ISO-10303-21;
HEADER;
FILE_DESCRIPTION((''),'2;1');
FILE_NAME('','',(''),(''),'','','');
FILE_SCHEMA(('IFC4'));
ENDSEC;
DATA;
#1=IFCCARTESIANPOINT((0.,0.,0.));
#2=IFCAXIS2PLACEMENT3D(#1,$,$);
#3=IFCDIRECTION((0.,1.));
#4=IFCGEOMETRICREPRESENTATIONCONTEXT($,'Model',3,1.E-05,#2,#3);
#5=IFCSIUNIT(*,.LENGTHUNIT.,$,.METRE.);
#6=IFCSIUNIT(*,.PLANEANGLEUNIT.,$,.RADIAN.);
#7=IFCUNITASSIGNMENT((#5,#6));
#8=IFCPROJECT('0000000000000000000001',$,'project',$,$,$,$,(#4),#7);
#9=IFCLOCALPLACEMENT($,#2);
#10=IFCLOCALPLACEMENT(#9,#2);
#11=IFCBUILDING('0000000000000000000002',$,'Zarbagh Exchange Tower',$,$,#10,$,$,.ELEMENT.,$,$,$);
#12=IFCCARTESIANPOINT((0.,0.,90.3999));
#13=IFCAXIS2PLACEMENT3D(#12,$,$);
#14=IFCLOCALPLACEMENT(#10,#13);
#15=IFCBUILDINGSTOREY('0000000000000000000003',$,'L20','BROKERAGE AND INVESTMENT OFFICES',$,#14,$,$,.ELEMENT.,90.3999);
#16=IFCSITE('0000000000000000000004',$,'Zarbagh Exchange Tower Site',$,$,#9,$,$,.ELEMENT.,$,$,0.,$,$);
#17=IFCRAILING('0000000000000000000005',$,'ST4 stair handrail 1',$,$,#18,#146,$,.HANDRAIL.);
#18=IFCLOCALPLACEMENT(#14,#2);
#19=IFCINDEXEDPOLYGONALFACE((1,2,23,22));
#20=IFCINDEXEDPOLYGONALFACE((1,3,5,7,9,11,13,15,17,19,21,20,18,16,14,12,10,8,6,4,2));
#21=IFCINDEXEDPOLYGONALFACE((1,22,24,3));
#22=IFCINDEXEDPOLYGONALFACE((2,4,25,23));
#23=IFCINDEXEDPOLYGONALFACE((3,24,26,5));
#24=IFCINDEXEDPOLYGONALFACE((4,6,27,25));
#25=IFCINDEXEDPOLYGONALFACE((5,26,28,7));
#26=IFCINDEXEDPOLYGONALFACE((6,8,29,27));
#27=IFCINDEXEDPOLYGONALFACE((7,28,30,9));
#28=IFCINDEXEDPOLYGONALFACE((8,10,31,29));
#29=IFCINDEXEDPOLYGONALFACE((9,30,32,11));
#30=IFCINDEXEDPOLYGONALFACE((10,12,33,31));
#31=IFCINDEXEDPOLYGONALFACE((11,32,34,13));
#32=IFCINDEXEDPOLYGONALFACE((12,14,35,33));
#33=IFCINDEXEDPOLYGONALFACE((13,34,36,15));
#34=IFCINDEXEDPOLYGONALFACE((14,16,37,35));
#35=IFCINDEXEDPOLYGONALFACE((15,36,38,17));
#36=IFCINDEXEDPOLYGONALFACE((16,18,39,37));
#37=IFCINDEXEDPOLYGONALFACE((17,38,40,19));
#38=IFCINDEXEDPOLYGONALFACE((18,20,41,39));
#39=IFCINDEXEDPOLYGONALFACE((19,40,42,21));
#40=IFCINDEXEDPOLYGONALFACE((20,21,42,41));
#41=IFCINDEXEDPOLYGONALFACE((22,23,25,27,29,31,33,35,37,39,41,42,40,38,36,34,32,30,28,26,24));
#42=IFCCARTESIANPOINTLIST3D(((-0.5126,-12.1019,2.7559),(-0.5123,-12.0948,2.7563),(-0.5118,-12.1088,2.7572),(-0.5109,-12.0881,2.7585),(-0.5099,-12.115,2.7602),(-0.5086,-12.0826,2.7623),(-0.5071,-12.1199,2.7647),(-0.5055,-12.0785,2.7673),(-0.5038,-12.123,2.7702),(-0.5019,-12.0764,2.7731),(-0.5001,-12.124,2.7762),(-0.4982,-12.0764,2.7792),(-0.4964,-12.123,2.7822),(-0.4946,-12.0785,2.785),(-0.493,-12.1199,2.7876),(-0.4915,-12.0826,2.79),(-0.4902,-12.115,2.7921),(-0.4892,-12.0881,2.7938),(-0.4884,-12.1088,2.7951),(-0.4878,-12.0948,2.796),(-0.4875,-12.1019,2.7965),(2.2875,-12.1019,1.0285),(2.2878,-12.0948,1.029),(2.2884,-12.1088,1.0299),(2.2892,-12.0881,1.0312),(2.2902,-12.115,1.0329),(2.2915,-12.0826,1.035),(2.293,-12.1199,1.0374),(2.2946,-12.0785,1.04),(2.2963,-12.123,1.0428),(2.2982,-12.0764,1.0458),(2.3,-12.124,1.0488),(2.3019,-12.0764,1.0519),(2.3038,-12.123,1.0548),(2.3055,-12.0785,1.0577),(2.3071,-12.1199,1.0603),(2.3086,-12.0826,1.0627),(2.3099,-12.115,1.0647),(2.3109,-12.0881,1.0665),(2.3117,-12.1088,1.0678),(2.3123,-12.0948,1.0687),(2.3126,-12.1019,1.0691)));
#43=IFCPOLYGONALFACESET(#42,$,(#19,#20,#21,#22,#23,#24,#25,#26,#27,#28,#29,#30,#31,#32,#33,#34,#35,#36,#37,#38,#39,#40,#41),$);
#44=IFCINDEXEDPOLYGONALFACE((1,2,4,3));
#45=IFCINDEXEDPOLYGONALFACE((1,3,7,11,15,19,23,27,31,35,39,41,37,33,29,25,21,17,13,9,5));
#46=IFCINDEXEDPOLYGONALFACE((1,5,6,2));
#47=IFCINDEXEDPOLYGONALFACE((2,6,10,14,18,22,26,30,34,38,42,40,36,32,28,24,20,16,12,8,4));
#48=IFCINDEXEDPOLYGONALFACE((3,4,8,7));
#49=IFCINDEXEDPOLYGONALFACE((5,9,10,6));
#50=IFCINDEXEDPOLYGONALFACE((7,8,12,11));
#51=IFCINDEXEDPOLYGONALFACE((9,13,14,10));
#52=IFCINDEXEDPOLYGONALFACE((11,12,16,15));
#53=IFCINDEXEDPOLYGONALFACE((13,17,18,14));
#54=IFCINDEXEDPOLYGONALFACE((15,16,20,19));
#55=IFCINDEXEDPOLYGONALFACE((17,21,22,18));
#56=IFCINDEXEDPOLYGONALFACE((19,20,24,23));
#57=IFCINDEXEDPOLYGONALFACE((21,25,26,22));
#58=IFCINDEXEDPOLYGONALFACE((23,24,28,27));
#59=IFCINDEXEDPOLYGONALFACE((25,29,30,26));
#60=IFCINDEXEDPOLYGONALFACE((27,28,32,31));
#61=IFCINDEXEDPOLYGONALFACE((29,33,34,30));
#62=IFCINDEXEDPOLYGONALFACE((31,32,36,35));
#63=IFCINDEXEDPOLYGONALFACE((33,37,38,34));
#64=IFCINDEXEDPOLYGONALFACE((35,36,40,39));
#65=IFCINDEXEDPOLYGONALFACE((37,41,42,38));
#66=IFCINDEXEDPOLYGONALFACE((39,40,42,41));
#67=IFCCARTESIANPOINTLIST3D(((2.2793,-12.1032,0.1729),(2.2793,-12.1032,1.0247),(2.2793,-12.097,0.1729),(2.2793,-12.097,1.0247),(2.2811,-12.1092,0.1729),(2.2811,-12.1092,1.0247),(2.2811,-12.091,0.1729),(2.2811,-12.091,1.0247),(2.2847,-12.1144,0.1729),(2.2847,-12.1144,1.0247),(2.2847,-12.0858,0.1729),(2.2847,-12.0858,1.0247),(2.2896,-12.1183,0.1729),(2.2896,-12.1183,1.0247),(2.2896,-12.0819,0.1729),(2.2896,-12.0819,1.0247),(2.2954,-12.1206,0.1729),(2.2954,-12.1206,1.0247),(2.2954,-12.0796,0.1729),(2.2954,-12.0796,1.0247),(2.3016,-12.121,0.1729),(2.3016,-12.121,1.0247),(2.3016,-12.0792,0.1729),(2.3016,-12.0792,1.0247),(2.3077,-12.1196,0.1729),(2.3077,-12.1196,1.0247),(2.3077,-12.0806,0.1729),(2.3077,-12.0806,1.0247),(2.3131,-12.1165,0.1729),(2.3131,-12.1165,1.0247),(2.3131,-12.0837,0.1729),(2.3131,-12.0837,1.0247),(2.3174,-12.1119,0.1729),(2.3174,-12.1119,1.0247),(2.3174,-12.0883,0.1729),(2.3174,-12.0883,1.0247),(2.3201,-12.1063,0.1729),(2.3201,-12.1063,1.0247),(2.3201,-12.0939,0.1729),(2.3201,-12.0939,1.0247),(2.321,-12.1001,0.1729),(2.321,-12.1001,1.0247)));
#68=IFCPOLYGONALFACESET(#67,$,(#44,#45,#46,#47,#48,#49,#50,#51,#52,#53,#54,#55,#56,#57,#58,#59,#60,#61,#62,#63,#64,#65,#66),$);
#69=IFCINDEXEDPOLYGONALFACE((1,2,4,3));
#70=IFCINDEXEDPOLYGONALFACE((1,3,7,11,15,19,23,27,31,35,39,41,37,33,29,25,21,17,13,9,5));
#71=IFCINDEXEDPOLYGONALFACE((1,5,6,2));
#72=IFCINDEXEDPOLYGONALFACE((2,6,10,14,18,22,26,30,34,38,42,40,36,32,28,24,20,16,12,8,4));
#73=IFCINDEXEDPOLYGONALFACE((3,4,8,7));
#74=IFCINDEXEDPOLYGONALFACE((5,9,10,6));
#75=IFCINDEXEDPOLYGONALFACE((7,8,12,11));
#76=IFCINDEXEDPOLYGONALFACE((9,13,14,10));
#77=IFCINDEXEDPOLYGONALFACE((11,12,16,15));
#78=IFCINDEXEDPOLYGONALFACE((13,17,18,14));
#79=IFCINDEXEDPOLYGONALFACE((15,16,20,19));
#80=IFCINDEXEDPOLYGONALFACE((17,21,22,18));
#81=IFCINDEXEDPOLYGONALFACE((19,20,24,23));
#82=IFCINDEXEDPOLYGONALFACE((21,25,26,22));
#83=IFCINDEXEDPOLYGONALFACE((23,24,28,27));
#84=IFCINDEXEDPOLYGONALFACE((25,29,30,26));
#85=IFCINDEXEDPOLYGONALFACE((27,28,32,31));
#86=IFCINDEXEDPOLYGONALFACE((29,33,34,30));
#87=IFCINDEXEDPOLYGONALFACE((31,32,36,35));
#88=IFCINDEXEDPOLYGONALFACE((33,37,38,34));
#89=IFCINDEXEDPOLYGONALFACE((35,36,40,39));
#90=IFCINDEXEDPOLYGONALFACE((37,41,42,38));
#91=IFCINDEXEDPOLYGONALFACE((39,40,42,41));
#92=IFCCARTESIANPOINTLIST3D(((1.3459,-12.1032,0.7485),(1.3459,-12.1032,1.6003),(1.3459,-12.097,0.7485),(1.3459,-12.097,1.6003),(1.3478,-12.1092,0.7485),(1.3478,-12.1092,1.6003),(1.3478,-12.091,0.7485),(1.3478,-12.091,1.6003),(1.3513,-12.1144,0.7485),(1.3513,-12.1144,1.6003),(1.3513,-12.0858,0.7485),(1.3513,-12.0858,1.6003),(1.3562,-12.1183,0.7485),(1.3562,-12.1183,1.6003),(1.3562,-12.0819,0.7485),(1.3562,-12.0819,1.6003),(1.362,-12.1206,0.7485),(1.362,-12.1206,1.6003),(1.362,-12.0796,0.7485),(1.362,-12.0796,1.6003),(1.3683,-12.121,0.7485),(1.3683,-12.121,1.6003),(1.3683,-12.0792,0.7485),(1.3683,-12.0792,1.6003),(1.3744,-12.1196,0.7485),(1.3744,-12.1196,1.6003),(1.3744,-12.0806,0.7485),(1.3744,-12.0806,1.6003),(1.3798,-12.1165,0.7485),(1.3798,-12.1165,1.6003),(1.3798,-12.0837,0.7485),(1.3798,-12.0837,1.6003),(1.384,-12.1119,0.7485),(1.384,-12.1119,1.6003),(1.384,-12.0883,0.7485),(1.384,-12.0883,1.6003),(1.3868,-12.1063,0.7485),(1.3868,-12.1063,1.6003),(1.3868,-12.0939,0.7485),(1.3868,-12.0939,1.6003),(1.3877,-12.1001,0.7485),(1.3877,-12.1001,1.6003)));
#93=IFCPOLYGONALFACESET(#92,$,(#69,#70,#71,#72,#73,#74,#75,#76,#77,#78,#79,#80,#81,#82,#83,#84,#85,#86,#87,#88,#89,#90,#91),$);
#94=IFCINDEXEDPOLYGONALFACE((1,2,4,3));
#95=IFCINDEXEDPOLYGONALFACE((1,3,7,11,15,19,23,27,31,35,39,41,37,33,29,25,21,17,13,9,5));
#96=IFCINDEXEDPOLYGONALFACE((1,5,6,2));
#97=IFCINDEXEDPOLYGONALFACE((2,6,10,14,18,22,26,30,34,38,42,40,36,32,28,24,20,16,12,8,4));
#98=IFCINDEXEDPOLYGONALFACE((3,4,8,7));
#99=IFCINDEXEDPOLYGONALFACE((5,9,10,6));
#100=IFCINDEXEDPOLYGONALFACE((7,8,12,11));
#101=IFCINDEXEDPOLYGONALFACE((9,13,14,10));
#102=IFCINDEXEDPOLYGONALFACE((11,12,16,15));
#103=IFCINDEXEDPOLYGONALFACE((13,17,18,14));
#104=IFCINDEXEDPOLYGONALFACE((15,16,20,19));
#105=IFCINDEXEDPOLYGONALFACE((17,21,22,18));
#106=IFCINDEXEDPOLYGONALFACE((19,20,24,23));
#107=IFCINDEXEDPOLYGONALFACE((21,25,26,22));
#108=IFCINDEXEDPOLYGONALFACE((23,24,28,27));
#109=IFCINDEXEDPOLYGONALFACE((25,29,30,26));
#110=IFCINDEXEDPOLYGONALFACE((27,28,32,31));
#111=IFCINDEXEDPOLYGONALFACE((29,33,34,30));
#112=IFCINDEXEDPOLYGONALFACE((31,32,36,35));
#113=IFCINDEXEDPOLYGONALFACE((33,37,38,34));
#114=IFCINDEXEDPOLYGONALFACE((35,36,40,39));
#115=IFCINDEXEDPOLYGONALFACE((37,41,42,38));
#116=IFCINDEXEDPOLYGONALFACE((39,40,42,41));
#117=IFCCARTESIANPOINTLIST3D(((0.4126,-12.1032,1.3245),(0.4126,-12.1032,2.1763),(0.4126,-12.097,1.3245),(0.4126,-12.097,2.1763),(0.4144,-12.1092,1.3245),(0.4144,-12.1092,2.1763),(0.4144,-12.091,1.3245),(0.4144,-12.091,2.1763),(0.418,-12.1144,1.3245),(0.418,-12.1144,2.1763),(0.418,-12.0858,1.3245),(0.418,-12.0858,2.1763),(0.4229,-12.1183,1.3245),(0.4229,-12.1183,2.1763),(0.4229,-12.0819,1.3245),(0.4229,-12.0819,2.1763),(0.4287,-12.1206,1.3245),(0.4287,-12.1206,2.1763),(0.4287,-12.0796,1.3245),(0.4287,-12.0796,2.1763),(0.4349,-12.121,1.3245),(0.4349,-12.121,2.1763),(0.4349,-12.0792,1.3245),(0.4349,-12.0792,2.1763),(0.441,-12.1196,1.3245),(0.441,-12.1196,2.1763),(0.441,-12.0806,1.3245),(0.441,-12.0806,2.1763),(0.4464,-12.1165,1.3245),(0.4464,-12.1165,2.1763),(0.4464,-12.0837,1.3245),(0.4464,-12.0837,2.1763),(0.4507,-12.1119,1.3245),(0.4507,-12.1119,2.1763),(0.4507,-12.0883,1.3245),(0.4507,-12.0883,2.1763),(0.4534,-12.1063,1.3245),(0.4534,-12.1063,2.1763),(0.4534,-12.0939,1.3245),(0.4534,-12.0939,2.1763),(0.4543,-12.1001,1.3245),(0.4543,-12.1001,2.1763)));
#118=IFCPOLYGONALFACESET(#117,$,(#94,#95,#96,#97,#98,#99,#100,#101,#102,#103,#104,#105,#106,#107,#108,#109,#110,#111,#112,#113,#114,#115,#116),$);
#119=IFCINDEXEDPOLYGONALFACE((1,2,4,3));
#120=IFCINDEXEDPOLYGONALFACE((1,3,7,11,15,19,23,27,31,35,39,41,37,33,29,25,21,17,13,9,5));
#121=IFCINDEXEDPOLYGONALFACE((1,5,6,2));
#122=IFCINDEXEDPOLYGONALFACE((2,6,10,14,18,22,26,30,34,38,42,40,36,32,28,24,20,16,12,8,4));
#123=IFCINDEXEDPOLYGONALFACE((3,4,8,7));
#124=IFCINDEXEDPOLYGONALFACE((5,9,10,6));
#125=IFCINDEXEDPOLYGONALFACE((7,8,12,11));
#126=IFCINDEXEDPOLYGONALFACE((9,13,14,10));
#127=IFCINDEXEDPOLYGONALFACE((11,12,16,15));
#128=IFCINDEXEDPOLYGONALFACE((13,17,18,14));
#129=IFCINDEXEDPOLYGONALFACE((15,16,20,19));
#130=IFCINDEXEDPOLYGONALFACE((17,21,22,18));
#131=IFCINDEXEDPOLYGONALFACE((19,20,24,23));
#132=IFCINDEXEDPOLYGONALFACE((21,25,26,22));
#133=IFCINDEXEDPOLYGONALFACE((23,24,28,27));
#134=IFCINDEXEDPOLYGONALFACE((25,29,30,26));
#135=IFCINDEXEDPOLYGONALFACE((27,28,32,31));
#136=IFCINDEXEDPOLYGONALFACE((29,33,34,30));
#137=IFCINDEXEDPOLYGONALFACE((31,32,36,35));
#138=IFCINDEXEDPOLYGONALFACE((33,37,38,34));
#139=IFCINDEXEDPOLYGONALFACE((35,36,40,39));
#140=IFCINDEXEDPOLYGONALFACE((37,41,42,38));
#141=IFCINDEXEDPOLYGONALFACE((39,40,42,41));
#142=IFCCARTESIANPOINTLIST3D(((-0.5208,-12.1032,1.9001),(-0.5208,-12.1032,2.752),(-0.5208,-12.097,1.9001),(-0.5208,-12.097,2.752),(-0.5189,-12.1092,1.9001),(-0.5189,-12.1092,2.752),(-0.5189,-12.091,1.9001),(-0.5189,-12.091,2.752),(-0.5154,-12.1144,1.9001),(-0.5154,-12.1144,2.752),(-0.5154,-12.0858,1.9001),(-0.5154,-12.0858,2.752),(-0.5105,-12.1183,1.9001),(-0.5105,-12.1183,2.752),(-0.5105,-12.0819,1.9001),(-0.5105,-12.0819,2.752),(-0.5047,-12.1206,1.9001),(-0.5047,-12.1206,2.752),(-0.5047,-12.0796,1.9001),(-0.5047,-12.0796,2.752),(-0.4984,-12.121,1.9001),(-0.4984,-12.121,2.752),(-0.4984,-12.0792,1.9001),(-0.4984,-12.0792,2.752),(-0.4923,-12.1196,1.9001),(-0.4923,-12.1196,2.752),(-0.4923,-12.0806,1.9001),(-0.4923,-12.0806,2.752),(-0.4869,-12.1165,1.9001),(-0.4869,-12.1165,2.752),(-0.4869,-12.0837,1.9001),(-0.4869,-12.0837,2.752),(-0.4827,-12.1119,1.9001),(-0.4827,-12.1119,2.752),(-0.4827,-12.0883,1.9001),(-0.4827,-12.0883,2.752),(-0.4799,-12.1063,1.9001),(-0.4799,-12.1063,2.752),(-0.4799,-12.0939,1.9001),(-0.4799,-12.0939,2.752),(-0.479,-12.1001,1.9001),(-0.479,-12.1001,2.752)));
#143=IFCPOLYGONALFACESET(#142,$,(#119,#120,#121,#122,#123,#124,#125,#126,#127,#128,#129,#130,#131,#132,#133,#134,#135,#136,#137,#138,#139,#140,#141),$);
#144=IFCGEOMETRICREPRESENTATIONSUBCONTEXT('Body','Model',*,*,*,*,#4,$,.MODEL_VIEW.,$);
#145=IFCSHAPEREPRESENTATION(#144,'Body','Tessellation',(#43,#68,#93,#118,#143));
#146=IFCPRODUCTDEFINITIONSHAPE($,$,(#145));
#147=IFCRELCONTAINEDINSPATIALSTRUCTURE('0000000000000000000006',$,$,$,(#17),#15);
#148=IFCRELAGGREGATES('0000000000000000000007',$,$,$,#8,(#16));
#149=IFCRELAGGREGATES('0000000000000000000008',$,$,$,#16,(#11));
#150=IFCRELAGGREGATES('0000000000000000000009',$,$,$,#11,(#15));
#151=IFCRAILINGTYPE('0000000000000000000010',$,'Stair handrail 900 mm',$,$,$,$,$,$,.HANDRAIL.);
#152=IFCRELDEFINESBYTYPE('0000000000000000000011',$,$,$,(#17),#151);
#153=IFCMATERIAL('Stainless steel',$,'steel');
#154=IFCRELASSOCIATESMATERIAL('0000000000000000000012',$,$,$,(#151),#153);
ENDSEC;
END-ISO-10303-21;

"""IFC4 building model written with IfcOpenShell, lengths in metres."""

from ifc_helpers import new_model, si_unit, direction, frame, origin, origin_2d, place, context, subcontext, project, spatial, circle, extrude, material, type_object, element, save


model = new_model("IFC4")

# Units and contexts
model_context = context("Model", 3, precision=1e-05, world=origin(), true_north=direction((0.0, 1.0)))
body_context = subcontext(model_context, "Body", "Model", "MODEL_VIEW")
ifc_project = project(units=[si_unit("LENGTHUNIT", "METRE"), si_unit("PLANEANGLEUNIT", "RADIAN")], contexts=[model_context])

# Site, building, storey
site_placement = place(None, origin())
site = spatial("IfcSite", under=ifc_project, at=site_placement, Name="Zarbagh Exchange Tower Site", CompositionType="ELEMENT", RefElevation=0.0)
building_placement = place(site_placement, origin())
building = spatial("IfcBuilding", under=site, at=building_placement, Name="Zarbagh Exchange Tower", CompositionType="ELEMENT")
storey_placement = place(building_placement, frame((0.0, 0.0, 90.3999)))
storey = spatial("IfcBuildingStorey", under=building, at=storey_placement, Name="L20", Description="BROKERAGE AND INVESTMENT OFFICES", CompositionType="ELEMENT", Elevation=90.3999)

# Railing
ifc_material_1 = material(Name="Stainless steel", Category="steel")
railing_type_1 = type_object("IfcRailingType", Name="Stair handrail 900 mm", PredefinedType="HANDRAIL", material=ifc_material_1)
for number, where, name in (
    (1, (2.3, -12.1001, 0.1729), "ST4 stair handrail 1"),
):
    element("IfcRailing", number, at=place(storey_placement, frame(where)), inside=storey, type_object=railing_type_1, Name=name, PredefinedType="HANDRAIL", context=body_context, shape_type="SweptSolid", body=[
        extrude(circle(Radius=0.0239, at=origin_2d()), frame((0.0, 0.0, 0.876), z_axis=(-0.85109, 0.0, 0.52502), x_axis=(0.0, -1.0, 0.0)), (0.0, 0.0, 1.0), 3.29),
        extrude(circle(Radius=0.021, at=origin_2d()), origin(), (0.0, 0.0, 1.0), 0.8518),
        extrude(circle(Radius=0.021, at=origin_2d()), frame((-0.9333, 0.0, 0.5757)), (0.0, 0.0, 1.0), 0.8518),
        extrude(circle(Radius=0.021, at=origin_2d()), frame((-1.8667, 0.0, 1.1516)), (0.0, 0.0, 1.0), 0.8518),
        extrude(circle(Radius=0.021, at=origin_2d()), frame((-2.8, 0.0, 1.7273)), (0.0, 0.0, 1.0), 0.8518),
    ])

save(model, "model.ifc")
